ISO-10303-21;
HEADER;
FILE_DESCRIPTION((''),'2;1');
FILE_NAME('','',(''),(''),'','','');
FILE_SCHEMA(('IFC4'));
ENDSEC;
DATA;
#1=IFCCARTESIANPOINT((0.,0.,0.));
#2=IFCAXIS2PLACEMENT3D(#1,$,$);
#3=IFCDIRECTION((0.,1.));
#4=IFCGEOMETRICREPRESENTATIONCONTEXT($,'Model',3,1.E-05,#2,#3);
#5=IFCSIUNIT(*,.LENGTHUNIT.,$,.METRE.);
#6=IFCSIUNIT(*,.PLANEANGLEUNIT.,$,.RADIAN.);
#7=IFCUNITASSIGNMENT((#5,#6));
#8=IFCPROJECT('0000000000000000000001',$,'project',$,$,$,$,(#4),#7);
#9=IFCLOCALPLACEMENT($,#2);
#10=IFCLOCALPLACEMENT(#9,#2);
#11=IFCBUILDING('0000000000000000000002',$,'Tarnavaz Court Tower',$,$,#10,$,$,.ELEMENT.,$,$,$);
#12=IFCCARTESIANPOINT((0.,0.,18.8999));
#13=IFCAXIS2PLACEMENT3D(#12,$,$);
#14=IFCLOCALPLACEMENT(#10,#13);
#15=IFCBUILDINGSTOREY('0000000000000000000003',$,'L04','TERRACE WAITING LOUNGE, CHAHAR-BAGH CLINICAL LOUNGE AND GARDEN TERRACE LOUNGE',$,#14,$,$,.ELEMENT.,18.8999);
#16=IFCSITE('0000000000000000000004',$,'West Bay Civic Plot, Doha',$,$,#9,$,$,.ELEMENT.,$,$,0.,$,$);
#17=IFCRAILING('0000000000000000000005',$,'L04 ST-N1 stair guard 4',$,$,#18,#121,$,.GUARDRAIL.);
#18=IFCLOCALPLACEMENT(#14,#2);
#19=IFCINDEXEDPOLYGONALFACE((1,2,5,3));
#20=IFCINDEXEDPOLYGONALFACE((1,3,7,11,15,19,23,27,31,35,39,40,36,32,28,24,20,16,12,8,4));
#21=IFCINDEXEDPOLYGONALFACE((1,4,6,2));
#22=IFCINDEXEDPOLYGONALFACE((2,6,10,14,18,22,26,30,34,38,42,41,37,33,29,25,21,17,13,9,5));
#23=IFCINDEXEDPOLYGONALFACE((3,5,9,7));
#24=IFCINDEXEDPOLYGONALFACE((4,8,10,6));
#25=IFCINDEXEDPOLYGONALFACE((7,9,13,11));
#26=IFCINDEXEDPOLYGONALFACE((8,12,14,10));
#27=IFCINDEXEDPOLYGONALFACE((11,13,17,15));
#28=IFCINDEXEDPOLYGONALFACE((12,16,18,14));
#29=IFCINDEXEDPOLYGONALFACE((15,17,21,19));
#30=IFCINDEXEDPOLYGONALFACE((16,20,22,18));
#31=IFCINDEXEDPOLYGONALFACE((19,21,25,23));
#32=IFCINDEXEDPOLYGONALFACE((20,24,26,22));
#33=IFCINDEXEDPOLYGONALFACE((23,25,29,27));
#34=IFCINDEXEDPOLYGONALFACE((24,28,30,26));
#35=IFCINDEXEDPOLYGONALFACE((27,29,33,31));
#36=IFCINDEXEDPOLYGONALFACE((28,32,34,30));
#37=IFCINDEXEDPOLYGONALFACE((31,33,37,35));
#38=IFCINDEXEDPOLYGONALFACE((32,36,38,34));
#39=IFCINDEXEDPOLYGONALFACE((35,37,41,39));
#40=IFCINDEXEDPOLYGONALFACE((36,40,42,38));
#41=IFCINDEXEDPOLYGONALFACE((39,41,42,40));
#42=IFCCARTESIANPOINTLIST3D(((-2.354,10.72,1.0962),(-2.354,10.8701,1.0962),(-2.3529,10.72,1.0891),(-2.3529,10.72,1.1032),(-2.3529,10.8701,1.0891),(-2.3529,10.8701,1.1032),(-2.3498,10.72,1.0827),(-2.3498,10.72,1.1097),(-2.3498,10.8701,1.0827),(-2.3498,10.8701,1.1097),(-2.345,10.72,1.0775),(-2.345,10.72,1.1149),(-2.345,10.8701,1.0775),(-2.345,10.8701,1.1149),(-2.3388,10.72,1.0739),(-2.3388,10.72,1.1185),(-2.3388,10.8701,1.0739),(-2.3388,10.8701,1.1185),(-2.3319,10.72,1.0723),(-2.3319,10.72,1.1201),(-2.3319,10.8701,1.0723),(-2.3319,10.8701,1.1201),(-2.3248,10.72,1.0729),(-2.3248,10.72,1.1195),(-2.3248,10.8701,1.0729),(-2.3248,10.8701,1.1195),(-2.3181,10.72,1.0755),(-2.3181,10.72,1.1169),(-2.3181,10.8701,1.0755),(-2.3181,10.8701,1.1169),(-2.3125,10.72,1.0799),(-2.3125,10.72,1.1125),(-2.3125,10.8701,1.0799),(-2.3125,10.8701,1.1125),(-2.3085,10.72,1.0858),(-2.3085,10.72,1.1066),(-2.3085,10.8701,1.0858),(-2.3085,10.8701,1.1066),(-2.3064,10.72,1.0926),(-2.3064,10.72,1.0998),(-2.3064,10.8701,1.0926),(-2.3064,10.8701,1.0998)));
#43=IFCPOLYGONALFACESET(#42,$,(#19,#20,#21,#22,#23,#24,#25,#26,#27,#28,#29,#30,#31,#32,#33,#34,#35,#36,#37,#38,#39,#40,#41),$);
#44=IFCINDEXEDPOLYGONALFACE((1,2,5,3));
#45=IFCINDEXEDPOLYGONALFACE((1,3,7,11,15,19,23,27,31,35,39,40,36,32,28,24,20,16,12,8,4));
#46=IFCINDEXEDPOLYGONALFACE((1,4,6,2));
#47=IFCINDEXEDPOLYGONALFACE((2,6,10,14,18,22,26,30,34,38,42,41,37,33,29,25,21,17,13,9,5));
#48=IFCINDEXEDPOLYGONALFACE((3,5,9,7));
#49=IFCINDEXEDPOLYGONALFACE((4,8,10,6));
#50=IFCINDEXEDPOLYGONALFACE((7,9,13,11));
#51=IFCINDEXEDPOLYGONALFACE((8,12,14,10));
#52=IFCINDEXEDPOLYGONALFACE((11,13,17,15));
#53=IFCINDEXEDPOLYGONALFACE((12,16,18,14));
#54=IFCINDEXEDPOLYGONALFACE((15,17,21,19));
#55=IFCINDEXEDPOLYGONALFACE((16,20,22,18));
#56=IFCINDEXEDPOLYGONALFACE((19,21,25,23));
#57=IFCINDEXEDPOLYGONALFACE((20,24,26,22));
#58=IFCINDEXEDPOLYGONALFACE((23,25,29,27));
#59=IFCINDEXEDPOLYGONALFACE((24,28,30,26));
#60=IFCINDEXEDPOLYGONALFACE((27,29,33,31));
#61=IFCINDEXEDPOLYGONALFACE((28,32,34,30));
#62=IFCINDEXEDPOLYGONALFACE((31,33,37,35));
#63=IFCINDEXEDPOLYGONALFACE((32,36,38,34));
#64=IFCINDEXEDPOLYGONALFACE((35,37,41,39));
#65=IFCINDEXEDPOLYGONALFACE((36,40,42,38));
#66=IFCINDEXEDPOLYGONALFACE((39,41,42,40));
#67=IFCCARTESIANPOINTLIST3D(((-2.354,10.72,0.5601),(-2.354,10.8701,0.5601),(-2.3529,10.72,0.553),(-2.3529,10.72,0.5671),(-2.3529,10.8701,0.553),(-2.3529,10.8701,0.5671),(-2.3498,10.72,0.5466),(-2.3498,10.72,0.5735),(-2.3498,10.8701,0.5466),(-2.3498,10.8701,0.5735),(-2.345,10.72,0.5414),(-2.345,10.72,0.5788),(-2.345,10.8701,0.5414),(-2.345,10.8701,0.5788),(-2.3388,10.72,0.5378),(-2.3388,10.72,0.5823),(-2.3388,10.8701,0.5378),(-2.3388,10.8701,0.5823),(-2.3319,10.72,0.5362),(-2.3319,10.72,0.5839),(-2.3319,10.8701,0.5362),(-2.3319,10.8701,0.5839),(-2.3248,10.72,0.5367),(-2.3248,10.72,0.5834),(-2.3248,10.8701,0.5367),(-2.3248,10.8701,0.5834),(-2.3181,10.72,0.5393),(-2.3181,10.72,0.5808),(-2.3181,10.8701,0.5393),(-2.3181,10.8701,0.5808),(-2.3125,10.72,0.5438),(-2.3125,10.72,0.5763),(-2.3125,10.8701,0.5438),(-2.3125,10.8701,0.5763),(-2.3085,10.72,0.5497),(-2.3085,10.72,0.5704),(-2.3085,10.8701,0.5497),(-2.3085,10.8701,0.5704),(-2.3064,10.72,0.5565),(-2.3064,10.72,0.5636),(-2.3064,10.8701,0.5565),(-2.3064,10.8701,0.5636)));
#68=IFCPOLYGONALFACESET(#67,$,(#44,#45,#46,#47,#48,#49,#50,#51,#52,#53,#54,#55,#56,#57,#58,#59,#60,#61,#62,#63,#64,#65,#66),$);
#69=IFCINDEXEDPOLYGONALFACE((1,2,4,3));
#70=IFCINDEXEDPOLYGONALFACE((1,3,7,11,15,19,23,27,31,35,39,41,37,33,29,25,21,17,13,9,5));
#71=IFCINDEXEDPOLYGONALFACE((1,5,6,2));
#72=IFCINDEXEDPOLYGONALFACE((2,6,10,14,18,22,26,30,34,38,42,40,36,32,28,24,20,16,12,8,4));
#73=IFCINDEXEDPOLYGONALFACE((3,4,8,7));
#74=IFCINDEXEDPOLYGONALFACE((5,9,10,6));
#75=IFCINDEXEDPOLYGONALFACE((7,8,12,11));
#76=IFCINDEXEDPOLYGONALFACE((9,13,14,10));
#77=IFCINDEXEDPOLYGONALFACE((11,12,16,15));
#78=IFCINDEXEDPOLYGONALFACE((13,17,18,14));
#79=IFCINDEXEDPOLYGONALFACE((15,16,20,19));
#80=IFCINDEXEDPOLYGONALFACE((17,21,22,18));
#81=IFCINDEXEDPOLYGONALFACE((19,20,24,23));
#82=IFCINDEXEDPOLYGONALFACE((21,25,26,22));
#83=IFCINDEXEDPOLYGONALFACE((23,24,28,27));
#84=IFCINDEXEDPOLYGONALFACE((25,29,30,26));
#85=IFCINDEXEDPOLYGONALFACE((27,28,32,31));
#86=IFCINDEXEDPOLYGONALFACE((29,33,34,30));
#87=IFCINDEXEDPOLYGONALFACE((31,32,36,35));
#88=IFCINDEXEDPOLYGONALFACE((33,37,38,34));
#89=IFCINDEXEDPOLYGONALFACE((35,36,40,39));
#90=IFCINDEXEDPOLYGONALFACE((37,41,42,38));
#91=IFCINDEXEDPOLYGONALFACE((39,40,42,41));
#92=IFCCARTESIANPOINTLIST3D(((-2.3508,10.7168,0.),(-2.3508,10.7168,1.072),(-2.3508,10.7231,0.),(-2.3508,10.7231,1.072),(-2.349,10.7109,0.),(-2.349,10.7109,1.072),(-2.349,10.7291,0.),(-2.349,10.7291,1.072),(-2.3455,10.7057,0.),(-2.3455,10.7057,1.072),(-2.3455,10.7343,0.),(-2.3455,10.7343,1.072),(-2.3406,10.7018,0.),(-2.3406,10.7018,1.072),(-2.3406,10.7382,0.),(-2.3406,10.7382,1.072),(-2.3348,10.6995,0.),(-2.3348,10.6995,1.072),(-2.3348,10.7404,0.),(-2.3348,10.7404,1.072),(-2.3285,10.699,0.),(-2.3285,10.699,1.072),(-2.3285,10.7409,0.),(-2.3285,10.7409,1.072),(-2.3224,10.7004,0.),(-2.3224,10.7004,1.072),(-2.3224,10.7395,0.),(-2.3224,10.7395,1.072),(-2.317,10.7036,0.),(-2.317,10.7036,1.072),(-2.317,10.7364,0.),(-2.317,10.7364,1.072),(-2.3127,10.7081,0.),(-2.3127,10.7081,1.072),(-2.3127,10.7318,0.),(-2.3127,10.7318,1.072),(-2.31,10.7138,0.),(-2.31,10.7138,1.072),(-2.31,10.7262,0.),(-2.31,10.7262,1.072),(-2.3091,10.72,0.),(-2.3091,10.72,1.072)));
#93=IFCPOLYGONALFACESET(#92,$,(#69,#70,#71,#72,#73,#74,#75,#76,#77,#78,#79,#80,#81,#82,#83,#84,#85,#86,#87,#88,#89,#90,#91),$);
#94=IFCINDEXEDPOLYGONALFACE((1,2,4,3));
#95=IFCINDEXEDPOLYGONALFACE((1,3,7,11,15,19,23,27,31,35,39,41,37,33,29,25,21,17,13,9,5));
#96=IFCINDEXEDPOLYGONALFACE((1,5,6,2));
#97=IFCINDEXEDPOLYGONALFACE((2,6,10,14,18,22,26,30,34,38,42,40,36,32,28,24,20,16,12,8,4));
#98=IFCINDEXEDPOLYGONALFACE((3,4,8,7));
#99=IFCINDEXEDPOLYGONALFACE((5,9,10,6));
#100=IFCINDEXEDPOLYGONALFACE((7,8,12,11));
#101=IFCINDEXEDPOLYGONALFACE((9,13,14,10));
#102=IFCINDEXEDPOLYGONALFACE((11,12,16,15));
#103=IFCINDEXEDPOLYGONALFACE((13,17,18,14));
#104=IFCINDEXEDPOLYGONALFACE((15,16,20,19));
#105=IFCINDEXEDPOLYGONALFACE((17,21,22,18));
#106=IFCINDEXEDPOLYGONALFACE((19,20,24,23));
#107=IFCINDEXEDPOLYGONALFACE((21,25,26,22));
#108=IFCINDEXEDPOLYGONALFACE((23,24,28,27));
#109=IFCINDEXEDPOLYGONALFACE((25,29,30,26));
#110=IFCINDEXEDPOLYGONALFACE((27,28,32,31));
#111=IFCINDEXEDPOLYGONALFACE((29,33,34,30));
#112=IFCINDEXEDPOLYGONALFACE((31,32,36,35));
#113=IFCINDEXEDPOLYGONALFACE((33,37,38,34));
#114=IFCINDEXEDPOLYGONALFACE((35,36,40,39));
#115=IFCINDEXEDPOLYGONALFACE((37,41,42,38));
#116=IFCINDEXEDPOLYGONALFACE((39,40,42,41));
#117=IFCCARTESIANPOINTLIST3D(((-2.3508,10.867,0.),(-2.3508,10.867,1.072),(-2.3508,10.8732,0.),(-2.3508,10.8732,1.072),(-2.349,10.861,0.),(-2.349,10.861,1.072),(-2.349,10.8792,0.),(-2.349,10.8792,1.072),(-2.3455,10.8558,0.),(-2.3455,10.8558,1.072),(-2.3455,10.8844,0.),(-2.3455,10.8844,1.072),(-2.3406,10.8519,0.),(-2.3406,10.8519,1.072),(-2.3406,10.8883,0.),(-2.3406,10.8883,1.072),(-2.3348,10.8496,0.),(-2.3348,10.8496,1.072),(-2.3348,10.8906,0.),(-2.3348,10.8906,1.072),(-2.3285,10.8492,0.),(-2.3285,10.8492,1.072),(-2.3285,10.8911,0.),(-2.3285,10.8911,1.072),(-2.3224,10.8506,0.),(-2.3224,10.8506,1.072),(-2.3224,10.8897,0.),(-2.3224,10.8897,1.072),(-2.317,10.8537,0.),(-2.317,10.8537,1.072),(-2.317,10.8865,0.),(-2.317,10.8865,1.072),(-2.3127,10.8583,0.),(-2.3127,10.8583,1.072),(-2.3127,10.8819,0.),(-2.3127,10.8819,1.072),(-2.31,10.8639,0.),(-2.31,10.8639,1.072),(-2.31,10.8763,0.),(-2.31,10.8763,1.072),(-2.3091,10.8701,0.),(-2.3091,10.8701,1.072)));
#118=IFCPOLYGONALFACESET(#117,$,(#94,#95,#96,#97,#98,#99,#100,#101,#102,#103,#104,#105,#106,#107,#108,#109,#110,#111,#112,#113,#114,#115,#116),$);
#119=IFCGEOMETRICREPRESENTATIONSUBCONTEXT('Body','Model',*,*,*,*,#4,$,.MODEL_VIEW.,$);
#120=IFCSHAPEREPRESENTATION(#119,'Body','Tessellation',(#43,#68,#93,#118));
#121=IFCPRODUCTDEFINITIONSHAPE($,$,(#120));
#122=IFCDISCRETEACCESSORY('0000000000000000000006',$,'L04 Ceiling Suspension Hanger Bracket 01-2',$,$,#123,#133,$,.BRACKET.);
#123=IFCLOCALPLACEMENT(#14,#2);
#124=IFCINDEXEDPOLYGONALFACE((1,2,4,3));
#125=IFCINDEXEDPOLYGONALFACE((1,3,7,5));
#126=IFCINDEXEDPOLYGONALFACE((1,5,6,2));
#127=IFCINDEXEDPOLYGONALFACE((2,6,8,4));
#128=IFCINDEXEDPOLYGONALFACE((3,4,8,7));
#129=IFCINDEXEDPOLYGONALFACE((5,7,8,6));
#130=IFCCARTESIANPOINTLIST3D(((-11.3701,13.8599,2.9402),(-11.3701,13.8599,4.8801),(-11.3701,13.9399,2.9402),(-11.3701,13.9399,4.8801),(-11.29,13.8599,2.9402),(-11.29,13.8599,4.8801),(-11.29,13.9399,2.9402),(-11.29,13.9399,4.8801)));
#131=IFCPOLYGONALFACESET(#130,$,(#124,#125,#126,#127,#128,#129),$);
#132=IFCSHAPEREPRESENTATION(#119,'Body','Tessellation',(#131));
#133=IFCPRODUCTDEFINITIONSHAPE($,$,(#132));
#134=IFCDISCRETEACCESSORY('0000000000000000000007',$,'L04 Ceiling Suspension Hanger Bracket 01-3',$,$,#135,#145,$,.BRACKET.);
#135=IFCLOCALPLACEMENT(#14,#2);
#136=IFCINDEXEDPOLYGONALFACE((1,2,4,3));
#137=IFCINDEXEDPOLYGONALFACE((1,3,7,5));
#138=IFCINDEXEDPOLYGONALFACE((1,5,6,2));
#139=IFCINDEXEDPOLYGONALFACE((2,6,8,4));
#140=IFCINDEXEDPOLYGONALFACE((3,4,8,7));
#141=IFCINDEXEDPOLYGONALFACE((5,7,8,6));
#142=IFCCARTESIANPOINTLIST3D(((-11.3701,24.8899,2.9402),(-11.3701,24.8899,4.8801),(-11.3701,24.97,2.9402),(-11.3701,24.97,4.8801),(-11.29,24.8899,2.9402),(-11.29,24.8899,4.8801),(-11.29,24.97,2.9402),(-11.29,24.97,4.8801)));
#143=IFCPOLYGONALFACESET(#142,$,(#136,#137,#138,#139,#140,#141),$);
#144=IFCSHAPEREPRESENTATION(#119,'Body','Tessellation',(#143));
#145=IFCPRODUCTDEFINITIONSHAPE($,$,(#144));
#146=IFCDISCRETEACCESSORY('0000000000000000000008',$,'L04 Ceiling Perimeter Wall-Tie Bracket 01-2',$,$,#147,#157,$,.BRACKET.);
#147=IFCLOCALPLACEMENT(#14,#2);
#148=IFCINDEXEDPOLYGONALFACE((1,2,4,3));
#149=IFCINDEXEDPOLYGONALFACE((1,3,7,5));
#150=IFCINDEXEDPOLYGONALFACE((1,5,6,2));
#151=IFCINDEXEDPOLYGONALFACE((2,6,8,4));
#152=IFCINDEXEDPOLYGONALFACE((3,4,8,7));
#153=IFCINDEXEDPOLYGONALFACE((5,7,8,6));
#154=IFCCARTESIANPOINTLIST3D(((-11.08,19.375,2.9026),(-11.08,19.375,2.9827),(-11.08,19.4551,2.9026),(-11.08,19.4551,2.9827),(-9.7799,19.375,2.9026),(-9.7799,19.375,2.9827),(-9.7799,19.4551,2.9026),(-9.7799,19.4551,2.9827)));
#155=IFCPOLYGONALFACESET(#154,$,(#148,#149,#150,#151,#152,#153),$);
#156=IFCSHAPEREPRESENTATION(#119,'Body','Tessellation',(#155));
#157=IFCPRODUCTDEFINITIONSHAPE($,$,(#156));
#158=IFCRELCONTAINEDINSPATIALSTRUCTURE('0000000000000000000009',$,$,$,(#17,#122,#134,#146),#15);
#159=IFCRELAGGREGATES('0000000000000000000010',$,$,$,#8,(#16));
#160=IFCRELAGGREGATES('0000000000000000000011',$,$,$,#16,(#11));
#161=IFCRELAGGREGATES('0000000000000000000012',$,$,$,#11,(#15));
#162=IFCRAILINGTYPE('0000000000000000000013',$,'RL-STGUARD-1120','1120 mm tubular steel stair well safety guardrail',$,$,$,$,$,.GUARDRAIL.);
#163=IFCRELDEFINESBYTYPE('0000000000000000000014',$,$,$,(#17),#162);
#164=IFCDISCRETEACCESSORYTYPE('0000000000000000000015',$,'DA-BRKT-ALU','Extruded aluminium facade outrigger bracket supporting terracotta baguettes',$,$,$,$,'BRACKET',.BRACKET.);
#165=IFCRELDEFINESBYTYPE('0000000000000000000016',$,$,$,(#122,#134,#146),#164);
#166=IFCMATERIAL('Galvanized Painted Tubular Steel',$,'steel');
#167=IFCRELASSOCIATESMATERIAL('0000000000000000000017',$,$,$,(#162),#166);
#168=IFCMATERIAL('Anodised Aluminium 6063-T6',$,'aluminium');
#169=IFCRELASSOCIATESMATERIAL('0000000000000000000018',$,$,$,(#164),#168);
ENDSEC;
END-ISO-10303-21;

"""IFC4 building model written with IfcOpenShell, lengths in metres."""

from ifc_helpers import new_model, si_unit, direction, frame, origin, origin_2d, place, context, subcontext, project, spatial, rectangle, circle, extrude, material, type_object, element, save


model = new_model("IFC4")

# Units and contexts
model_context = context("Model", 3, precision=1e-05, world=origin(), true_north=direction((0.0, 1.0)))
body_context = subcontext(model_context, "Body", "Model", "MODEL_VIEW")
ifc_project = project(units=[si_unit("LENGTHUNIT", "METRE"), si_unit("PLANEANGLEUNIT", "RADIAN")], contexts=[model_context])

# Site, building, storey
site_placement = place(None, origin())
site = spatial("IfcSite", under=ifc_project, at=site_placement, Name="West Bay Civic Plot, Doha", CompositionType="ELEMENT", RefElevation=0.0)
building_placement = place(site_placement, origin())
building = spatial("IfcBuilding", under=site, at=building_placement, Name="Tarnavaz Court Tower", CompositionType="ELEMENT")
storey_placement = place(building_placement, frame((0.0, 0.0, 18.8999)))
storey = spatial("IfcBuildingStorey", under=building, at=storey_placement, Name="L04", Description="TERRACE WAITING LOUNGE, CHAHAR-BAGH CLINICAL LOUNGE AND GARDEN TERRACE LOUNGE", CompositionType="ELEMENT", Elevation=18.8999)

# Railing
ifc_material_1 = material(Name="Galvanized Painted Tubular Steel", Category="steel")
railing_type_1 = type_object("IfcRailingType", Name="RL-STGUARD-1120", Description="1120 mm tubular steel stair well safety guardrail", PredefinedType="GUARDRAIL", material=ifc_material_1)
railing_1_placement = place(storey_placement, frame((-2.3301, 10.72, 0.0)))
element("IfcRailing", 1, at=railing_1_placement, inside=storey, type_object=railing_type_1, Name="L04 ST-N1 stair guard 4", PredefinedType="GUARDRAIL", context=body_context, shape_type="SweptSolid", body=[
    extrude(circle(Radius=0.0239, at=origin_2d()), frame((0.0, 0.0, 1.0962), z_axis=(0.0, 1.0, 0.0), x_axis=(-1.0, 0.0, 0.0)), (0.0, 0.0, 1.0), 0.1501),
    extrude(circle(Radius=0.0239, at=origin_2d()), frame((0.0, 0.0, 0.5601), z_axis=(0.0, 1.0, 0.0), x_axis=(-1.0, 0.0, 0.0)), (0.0, 0.0, 1.0), 0.1501),
    extrude(circle(Radius=0.021, at=origin_2d()), origin(), (0.0, 0.0, 1.0), 1.072),
    extrude(circle(Radius=0.021, at=origin_2d()), frame((0.0, 0.1501, 0.0)), (0.0, 0.0, 1.0), 1.072),
])

# Discrete accessories
ifc_material_2 = material(Name="Anodised Aluminium 6063-T6", Category="aluminium")
discrete_accessory_type = type_object("IfcDiscreteAccessoryType", Name="DA-BRKT-ALU", Description="Extruded aluminium facade outrigger bracket supporting terracotta baguettes", ElementType="BRACKET", PredefinedType="BRACKET", material=ifc_material_2)
for number, where, z_axis, x_axis, name in (
    (2, (-11.3301, 13.8999, 2.9402), (0.0, 0.0, 1.0), (1.0, 0.0, 0.0), "L04 Ceiling Suspension Hanger Bracket 01-2"),
    (3, (-11.3301, 24.9299, 2.9402), (0.0, 0.0, 1.0), (1.0, 0.0, 0.0), "L04 Ceiling Suspension Hanger Bracket 01-3"),
):
    element("IfcDiscreteAccessory", number, at=place(storey_placement, frame(where, z_axis=z_axis, x_axis=x_axis)), inside=storey, type_object=discrete_accessory_type, Name=name, PredefinedType="BRACKET", context=body_context, shape_type="SweptSolid", body=[
        extrude(rectangle(XDim=0.0801, YDim=0.0801, at=origin_2d()), origin(), (0.0, 0.0, 1.0), 1.9399),
    ])
discrete_accessory_placement = place(storey_placement, frame((-10.4299, 19.415, 2.9026), z_axis=(0.0, 0.0, 1.0), x_axis=(1.0, 0.0, 0.0)))
element("IfcDiscreteAccessory", 4, at=discrete_accessory_placement, inside=storey, type_object=discrete_accessory_type, Name="L04 Ceiling Perimeter Wall-Tie Bracket 01-2", PredefinedType="BRACKET", context=body_context, shape_type="SweptSolid", body=[
    extrude(rectangle(XDim=1.3, YDim=0.0801, at=origin_2d()), origin(), (0.0, 0.0, 1.0), 0.0801),
])

save(model, "model.ifc")
